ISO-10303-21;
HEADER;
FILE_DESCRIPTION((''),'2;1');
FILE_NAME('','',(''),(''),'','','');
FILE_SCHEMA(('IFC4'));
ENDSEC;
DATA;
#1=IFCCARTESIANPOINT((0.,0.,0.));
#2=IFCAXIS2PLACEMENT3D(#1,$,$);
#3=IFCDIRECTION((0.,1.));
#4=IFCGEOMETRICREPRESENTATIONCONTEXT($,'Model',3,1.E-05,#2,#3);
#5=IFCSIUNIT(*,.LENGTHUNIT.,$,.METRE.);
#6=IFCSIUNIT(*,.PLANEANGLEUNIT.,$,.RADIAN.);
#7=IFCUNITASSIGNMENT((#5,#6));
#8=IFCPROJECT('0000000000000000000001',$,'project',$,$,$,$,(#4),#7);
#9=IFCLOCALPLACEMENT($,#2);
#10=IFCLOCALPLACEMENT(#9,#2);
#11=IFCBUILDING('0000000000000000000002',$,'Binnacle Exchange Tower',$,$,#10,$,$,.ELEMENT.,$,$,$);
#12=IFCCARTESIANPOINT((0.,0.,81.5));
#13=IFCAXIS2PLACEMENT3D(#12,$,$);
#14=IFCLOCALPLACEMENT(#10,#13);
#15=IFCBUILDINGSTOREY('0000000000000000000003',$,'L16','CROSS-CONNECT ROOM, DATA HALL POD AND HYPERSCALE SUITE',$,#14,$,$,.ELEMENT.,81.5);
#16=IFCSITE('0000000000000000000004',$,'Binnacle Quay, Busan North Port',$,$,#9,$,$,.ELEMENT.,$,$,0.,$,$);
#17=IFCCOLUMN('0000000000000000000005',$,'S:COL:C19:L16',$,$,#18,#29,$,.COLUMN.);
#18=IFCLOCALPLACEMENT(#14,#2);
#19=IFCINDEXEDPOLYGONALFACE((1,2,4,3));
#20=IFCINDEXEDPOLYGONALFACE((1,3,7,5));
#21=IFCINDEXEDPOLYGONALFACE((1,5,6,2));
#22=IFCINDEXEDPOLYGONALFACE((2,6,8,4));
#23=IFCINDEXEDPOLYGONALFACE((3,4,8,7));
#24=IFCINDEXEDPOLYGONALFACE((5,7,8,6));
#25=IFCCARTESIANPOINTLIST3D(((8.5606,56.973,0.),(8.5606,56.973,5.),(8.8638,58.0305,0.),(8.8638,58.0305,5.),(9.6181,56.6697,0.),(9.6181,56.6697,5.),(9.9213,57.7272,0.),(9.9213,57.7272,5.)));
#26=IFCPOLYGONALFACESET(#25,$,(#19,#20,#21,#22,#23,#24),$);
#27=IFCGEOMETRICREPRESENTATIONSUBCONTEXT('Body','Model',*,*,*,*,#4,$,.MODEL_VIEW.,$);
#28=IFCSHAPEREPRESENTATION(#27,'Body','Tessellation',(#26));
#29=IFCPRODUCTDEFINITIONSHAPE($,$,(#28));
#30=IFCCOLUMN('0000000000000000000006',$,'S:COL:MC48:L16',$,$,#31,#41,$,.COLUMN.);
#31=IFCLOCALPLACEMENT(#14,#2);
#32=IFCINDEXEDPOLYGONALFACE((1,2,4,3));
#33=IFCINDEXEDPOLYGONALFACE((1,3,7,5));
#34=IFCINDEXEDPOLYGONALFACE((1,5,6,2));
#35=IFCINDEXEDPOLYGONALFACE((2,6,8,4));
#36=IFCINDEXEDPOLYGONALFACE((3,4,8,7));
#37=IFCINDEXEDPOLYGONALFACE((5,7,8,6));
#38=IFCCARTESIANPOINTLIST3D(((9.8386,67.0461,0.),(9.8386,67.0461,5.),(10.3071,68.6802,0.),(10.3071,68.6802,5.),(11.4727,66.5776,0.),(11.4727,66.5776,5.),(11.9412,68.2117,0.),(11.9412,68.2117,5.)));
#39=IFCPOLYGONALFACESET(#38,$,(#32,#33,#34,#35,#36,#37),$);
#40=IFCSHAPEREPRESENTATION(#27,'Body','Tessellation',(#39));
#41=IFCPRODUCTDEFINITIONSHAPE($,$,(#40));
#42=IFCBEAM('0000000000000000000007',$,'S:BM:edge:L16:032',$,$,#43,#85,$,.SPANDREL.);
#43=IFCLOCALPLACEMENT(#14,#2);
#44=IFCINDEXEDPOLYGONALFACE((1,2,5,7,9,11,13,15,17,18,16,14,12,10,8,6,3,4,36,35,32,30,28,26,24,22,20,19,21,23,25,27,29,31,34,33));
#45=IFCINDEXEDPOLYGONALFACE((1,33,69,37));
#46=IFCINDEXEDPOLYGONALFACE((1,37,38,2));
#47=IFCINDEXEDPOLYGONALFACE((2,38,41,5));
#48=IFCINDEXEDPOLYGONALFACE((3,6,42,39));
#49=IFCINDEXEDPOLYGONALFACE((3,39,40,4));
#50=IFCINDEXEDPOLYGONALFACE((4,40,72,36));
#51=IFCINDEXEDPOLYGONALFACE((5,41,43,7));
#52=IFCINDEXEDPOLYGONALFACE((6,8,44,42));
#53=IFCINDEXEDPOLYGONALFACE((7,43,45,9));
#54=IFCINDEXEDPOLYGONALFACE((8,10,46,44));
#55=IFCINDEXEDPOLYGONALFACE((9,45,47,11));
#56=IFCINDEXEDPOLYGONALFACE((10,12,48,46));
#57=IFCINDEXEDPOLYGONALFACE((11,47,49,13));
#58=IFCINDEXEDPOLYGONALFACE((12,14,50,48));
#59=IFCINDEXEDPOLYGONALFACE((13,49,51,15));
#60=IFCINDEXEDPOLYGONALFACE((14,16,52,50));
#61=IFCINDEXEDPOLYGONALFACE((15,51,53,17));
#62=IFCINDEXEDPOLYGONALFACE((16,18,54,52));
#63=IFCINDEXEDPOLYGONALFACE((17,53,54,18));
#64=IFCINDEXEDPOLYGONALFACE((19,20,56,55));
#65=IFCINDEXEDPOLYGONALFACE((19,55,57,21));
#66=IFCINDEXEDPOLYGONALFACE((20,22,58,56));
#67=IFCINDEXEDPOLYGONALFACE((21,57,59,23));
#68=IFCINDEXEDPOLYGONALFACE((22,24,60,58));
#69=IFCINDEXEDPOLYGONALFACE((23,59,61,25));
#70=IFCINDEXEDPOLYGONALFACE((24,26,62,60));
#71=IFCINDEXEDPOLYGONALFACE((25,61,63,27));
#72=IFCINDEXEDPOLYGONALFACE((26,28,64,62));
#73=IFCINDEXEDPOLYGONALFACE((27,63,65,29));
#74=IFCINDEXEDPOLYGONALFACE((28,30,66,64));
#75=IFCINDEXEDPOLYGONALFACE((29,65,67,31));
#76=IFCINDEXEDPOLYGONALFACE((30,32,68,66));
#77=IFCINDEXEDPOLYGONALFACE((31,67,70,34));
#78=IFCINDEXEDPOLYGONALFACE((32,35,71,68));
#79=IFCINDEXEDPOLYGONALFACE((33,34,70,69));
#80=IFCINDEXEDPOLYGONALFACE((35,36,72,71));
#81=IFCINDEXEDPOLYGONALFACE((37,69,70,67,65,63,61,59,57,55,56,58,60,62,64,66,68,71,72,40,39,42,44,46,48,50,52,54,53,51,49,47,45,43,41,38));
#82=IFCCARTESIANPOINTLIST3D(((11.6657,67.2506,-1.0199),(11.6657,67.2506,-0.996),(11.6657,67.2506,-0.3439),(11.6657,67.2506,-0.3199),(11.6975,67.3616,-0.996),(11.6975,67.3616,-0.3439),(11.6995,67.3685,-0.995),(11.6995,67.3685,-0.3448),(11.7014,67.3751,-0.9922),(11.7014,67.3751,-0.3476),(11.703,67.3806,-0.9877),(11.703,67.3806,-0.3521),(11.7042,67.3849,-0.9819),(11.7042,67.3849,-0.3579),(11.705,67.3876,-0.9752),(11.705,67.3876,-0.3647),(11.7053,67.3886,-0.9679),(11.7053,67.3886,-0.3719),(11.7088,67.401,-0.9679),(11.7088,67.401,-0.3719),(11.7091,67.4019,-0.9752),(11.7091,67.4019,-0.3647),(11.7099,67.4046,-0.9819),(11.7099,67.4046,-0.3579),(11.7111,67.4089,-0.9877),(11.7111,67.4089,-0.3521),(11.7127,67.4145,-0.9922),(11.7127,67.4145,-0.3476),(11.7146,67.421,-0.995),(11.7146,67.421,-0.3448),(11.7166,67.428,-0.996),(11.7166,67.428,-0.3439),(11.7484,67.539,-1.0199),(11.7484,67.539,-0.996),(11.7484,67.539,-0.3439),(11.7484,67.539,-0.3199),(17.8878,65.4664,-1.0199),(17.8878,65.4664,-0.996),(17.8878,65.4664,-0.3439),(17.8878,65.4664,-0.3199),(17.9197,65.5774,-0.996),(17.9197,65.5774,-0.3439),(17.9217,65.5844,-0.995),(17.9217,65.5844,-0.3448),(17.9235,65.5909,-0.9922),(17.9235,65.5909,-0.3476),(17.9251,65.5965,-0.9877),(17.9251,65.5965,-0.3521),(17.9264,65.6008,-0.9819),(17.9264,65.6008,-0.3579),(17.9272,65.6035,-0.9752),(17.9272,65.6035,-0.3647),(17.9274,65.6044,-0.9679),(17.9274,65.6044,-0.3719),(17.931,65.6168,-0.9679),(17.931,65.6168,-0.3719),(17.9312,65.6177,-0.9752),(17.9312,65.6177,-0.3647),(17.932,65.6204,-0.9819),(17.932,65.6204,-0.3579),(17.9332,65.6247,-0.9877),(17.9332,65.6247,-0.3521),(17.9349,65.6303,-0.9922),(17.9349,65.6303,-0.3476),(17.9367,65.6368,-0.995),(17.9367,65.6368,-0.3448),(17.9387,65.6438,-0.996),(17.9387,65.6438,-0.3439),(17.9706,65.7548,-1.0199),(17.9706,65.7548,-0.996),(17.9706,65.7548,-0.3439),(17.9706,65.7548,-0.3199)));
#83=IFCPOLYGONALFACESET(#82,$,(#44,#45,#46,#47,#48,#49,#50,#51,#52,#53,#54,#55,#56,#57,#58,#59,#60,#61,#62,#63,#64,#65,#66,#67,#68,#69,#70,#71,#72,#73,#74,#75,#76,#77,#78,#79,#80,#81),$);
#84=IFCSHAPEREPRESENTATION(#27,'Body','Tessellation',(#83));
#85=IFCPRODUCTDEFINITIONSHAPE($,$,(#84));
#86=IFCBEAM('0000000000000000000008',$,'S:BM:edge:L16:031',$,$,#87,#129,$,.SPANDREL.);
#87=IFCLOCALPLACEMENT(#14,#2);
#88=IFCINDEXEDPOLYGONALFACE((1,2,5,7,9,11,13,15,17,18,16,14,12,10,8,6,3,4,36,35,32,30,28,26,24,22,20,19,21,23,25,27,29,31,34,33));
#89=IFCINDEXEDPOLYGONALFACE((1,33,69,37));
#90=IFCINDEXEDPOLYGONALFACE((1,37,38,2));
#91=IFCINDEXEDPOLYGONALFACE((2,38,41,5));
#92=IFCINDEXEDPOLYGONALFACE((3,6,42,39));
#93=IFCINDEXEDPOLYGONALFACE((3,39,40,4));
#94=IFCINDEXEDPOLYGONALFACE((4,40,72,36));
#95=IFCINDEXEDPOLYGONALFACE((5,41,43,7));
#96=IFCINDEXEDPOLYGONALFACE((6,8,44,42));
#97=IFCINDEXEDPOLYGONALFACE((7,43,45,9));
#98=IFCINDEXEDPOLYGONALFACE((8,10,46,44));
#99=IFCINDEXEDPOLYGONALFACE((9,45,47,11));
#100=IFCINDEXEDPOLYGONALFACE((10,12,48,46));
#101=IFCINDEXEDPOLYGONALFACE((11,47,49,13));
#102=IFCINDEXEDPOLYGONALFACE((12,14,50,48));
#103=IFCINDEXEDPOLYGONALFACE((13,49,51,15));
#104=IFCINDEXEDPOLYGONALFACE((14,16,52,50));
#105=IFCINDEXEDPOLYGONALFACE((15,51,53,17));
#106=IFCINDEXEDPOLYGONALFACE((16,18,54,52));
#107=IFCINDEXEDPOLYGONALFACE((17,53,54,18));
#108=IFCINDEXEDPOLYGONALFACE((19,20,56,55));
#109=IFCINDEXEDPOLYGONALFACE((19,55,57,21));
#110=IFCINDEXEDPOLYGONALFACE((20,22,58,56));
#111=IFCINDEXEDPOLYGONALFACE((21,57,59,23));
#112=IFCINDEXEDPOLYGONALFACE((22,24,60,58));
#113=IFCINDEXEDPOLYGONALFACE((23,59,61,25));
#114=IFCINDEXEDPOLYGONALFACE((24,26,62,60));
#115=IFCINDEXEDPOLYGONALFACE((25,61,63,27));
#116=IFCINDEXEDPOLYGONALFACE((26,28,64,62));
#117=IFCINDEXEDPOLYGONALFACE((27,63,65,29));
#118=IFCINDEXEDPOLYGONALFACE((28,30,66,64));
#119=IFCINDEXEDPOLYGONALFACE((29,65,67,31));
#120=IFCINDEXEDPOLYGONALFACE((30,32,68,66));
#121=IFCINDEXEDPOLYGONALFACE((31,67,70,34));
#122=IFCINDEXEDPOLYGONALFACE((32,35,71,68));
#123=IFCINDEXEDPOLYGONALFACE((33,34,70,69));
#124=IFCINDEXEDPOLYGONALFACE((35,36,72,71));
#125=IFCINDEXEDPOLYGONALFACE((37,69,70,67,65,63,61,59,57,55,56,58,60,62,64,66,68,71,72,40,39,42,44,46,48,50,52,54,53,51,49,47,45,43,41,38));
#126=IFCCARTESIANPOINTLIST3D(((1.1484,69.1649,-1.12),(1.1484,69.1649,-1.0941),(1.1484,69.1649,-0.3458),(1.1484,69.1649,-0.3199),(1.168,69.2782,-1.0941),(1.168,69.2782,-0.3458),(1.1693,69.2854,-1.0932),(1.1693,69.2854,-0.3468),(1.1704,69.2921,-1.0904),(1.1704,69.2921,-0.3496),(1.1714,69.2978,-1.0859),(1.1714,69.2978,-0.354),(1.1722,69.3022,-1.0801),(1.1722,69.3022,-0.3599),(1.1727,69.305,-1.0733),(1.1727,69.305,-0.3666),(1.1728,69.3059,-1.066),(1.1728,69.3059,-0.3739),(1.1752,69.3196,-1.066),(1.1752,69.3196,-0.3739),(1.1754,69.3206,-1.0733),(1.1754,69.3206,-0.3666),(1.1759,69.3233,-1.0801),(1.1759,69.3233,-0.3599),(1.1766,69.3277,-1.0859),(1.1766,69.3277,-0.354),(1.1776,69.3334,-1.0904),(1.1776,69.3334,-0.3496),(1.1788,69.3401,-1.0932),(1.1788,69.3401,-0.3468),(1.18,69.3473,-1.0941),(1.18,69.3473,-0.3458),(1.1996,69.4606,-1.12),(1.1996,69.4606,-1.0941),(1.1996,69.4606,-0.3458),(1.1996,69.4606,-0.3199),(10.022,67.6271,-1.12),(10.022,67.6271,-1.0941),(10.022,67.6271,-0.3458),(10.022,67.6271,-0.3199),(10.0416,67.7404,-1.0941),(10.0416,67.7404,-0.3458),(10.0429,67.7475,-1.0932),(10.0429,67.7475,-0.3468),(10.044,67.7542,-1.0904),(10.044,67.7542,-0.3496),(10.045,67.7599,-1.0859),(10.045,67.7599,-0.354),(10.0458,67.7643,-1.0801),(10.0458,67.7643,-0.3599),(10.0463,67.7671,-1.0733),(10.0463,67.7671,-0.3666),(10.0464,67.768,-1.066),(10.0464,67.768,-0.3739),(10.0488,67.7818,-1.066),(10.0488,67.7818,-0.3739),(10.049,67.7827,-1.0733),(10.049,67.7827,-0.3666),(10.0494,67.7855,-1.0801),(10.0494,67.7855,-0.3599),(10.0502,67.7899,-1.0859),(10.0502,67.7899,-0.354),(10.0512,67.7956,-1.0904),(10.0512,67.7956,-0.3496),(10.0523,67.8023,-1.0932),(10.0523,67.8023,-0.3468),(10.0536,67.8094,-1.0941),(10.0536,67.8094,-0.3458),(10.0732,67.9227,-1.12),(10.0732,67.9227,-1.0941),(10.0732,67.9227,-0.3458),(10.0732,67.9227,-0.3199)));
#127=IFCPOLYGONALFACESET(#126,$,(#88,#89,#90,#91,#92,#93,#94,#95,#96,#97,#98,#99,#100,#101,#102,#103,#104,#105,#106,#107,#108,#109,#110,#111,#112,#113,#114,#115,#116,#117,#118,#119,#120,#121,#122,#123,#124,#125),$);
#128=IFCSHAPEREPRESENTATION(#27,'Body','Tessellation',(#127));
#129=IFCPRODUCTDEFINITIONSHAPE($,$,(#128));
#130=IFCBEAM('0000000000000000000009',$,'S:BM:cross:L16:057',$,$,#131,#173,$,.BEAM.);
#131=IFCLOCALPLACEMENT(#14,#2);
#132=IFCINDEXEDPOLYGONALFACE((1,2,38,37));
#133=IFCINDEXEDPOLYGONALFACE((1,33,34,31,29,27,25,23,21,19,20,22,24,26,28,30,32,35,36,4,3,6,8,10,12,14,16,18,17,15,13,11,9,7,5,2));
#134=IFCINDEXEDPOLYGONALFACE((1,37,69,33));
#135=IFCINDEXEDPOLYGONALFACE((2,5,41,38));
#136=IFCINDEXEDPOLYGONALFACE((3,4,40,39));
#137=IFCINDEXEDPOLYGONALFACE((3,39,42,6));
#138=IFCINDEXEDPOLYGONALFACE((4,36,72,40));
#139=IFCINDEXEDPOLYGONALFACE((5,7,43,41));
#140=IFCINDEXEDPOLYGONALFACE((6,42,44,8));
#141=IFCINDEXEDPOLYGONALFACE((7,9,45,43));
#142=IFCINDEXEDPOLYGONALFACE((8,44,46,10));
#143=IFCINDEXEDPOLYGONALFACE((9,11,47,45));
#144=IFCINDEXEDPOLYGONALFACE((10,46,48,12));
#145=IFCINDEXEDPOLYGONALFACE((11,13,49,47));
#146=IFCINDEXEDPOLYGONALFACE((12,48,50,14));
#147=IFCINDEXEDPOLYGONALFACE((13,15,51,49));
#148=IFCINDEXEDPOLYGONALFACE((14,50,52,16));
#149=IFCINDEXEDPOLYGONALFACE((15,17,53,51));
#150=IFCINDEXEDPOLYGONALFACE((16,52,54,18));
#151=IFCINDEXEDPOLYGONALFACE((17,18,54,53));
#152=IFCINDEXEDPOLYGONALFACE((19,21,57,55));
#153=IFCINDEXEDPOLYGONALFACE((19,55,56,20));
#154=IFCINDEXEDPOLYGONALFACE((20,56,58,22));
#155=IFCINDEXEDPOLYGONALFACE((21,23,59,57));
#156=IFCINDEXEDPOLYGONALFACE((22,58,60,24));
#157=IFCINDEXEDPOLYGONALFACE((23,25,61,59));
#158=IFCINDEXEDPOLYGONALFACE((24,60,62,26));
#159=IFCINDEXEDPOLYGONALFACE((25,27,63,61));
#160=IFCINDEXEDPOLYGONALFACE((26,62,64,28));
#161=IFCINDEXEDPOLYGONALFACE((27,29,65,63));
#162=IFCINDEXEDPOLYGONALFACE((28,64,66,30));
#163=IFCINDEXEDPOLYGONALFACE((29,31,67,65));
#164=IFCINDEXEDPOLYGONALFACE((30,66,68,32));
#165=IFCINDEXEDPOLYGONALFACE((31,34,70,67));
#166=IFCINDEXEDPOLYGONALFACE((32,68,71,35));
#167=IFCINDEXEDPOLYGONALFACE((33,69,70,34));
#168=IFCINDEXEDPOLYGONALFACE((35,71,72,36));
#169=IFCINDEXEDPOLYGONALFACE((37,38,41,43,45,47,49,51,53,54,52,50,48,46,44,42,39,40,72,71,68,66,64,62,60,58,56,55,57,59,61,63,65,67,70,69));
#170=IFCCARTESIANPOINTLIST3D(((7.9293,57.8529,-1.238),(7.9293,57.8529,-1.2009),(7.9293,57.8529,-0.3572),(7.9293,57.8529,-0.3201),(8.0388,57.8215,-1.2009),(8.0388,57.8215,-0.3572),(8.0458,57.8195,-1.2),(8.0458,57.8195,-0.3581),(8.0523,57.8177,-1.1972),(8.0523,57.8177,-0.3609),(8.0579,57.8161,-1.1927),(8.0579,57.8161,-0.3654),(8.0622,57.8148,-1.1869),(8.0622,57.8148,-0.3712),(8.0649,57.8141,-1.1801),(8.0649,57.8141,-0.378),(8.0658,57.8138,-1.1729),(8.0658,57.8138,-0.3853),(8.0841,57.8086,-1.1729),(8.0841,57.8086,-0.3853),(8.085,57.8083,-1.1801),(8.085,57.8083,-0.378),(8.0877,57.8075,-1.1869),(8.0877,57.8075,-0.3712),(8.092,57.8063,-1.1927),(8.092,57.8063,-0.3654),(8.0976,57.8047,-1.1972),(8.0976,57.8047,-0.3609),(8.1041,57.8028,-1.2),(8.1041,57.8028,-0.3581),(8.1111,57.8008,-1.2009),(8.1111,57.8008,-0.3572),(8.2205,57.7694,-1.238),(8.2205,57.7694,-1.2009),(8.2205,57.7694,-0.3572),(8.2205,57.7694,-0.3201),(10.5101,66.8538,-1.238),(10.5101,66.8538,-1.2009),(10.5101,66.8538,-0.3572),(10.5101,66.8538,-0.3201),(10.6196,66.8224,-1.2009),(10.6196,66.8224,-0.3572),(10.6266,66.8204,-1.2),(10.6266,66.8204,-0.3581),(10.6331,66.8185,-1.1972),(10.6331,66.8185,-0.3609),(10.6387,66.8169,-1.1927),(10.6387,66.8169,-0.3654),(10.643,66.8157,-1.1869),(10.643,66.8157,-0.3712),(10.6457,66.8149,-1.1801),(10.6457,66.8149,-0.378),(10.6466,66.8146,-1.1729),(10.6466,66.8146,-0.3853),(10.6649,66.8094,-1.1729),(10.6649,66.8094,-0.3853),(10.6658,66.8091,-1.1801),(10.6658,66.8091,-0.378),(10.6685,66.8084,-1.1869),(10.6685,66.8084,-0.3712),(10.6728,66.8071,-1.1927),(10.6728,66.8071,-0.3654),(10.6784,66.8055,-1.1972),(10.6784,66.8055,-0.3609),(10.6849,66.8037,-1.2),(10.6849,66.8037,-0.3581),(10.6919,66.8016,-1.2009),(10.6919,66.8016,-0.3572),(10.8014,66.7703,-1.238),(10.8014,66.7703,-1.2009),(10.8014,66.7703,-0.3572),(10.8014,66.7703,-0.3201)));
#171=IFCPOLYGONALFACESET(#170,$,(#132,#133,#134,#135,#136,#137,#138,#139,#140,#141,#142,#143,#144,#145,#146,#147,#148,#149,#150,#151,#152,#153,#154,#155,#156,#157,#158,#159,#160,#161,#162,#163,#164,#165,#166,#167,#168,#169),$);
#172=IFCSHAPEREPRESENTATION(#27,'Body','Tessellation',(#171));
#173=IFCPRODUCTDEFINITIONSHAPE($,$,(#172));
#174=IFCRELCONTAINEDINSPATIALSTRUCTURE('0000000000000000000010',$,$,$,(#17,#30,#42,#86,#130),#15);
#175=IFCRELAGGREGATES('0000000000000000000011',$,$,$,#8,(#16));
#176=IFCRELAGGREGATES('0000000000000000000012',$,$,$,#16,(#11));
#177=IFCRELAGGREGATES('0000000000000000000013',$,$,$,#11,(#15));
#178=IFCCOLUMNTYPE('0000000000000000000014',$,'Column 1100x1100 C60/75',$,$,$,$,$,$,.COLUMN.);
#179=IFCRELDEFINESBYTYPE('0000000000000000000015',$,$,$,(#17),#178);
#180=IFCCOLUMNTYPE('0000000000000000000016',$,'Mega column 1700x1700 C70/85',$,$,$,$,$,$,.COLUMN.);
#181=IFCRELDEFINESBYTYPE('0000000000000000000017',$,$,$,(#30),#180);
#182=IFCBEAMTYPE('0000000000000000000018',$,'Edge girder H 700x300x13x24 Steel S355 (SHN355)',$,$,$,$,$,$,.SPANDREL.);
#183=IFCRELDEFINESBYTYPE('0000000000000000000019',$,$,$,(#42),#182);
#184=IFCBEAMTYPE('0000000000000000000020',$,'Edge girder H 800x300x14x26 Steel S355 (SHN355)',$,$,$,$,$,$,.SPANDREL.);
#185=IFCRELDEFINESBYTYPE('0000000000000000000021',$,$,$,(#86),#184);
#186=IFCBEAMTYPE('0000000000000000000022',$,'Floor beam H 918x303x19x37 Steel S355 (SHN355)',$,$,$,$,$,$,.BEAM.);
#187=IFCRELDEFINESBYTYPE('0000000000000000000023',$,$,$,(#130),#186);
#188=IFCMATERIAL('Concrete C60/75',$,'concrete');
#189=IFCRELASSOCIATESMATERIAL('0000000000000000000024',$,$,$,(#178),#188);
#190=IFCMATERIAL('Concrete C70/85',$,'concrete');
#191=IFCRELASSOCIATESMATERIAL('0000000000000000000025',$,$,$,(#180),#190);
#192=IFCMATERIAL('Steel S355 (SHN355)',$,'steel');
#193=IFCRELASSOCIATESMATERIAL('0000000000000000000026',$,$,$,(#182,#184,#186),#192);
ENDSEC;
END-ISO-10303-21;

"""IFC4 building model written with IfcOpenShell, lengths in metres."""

from ifc_helpers import new_model, si_unit, direction, frame, origin, origin_2d, place, context, subcontext, project, spatial, rectangle, i_section, extrude, material, material_profile, profile_set, type_object, element, save


model = new_model("IFC4")

# Units and contexts
model_context = context("Model", 3, precision=1e-05, world=origin(), true_north=direction((0.0, 1.0)))
body_context = subcontext(model_context, "Body", "Model", "MODEL_VIEW")
ifc_project = project(units=[si_unit("LENGTHUNIT", "METRE"), si_unit("PLANEANGLEUNIT", "RADIAN")], contexts=[model_context])

# Site, building, storey
site_placement = place(None, origin())
site = spatial("IfcSite", under=ifc_project, at=site_placement, Name="Binnacle Quay, Busan North Port", CompositionType="ELEMENT", RefElevation=0.0)
building_placement = place(site_placement, origin())
building = spatial("IfcBuilding", under=site, at=building_placement, Name="Binnacle Exchange Tower", CompositionType="ELEMENT")
storey_placement = place(building_placement, frame((0.0, 0.0, 81.5)))
storey = spatial("IfcBuildingStorey", under=building, at=storey_placement, Name="L16", Description="CROSS-CONNECT ROOM, DATA HALL POD AND HYPERSCALE SUITE", CompositionType="ELEMENT", Elevation=81.5)

# Columns
ifc_material_1 = material(Name="Concrete C60/75", Category="concrete")
ifc_material_profile_1 = material_profile(ifc_material_1, rectangle(XDim=1.1001, YDim=1.1001, at=origin_2d()), Name="Column 1100x1100 C60/75")
ifc_profile_set_1 = profile_set([ifc_material_profile_1], Name="Concrete C60/75")
column_type_1 = type_object("IfcColumnType", Name="Column 1100x1100 C60/75", PredefinedType="COLUMN", material=ifc_profile_set_1)
column_1_placement = place(storey_placement, frame((9.241, 57.3501, 0.0), z_axis=(0.0, 0.0, 1.0), x_axis=(0.961262, -0.275637, 0.0)))
element("IfcColumn", 1, at=column_1_placement, inside=storey, type_object=column_type_1, Name="S:COL:C19:L16", PredefinedType="COLUMN", context=body_context, shape_type="SweptSolid", body=[
    extrude(rectangle(XDim=1.1001, YDim=1.1001, at=origin_2d()), origin(), (0.0, 0.0, 1.0), 5.0),
])
ifc_material_2 = material(Name="Concrete C70/85", Category="concrete")
ifc_material_profile_2 = material_profile(ifc_material_2, rectangle(XDim=1.7, YDim=1.7, at=origin_2d()), Name="Mega column 1700x1700 C70/85")
ifc_profile_set_2 = profile_set([ifc_material_profile_2], Name="Concrete C70/85")
column_type_2 = type_object("IfcColumnType", Name="Mega column 1700x1700 C70/85", PredefinedType="COLUMN", material=ifc_profile_set_2)
column_2_placement = place(storey_placement, frame((10.8899, 67.6289, 0.0), z_axis=(0.0, 0.0, 1.0), x_axis=(-0.961262, 0.275637, 0.0)))
element("IfcColumn", 2, at=column_2_placement, inside=storey, type_object=column_type_2, Name="S:COL:MC48:L16", PredefinedType="COLUMN", context=body_context, shape_type="SweptSolid", body=[
    extrude(rectangle(XDim=1.7, YDim=1.7, at=origin_2d()), origin(), (0.0, 0.0, 1.0), 5.0),
])

# Beams
ifc_material_3 = material(Name="Steel S355 (SHN355)", Category="steel")
ifc_material_profile_3 = material_profile(ifc_material_3, i_section(OverallWidth=0.3, OverallDepth=0.7, WebThickness=0.0129, FlangeThickness=0.0239, FilletRadius=0.0281, at=origin_2d()), Name="H 700x300x13x24")
ifc_profile_set_3 = profile_set([ifc_material_profile_3], Name="Steel S355 (SHN355)")
beam_type_1 = type_object("IfcBeamType", Name="Edge girder H 700x300x13x24 Steel S355 (SHN355)", PredefinedType="SPANDREL", material=ifc_profile_set_3)
beam_1_placement = place(storey_placement, frame((17.9292, 65.6106, -0.6699), z_axis=(-0.961262, 0.275638, 0.0), x_axis=(-0.275638, -0.961262, 0.0)))
element("IfcBeam", 3, at=beam_1_placement, inside=storey, type_object=beam_type_1, Name="S:BM:edge:L16:032", PredefinedType="SPANDREL", context=body_context, shape_type="SweptSolid", body=[
    extrude(i_section(OverallWidth=0.3, OverallDepth=0.7, WebThickness=0.0129, FlangeThickness=0.0239, FilletRadius=0.0281, at=origin_2d()), origin(), (0.0, 0.0, 1.0), 6.4729),
])
ifc_material_profile_4 = material_profile(ifc_material_3, i_section(OverallWidth=0.3, OverallDepth=0.8, WebThickness=0.0139, FlangeThickness=0.0259, FilletRadius=0.0281, at=origin_2d()), Name="H 800x300x14x26")
ifc_profile_set_4 = profile_set([ifc_material_profile_4], Name="Steel S355 (SHN355)")
beam_type_2 = type_object("IfcBeamType", Name="Edge girder H 800x300x14x26 Steel S355 (SHN355)", PredefinedType="SPANDREL", material=ifc_profile_set_4)
beam_2_placement = place(storey_placement, frame((10.0476, 67.7749, -0.72), z_axis=(-0.985312, 0.170761, 0.0), x_axis=(-0.170761, -0.985312, 0.0)))
element("IfcBeam", 4, at=beam_2_placement, inside=storey, type_object=beam_type_2, Name="S:BM:edge:L16:031", PredefinedType="SPANDREL", context=body_context, shape_type="SweptSolid", body=[
    extrude(i_section(OverallWidth=0.3, OverallDepth=0.8, WebThickness=0.0139, FlangeThickness=0.0259, FilletRadius=0.0281, at=origin_2d()), origin(), (0.0, 0.0, 1.0), 9.0059),
])
ifc_material_profile_5 = material_profile(ifc_material_3, i_section(OverallWidth=0.303, OverallDepth=0.918, WebThickness=0.019, FlangeThickness=0.0371, FilletRadius=0.0281, at=origin_2d()), Name="H 918x303x19x37")
ifc_profile_set_5 = profile_set([ifc_material_profile_5], Name="Steel S355 (SHN355)")
beam_type_3 = type_object("IfcBeamType", Name="Floor beam H 918x303x19x37 Steel S355 (SHN355)", PredefinedType="BEAM", material=ifc_profile_set_5)
beam_3_placement = place(storey_placement, frame((10.6558, 66.812, -0.7791), z_axis=(-0.275627, -0.961265, 0.0), x_axis=(0.961265, -0.275627, 0.0)))
element("IfcBeam", 5, at=beam_3_placement, inside=storey, type_object=beam_type_3, Name="S:BM:cross:L16:057", PredefinedType="BEAM", context=body_context, shape_type="SweptSolid", body=[
    extrude(i_section(OverallWidth=0.303, OverallDepth=0.918, WebThickness=0.019, FlangeThickness=0.0371, FilletRadius=0.0281, at=origin_2d()), origin(), (0.0, 0.0, 1.0), 9.3635),
])

save(model, "model.ifc")
